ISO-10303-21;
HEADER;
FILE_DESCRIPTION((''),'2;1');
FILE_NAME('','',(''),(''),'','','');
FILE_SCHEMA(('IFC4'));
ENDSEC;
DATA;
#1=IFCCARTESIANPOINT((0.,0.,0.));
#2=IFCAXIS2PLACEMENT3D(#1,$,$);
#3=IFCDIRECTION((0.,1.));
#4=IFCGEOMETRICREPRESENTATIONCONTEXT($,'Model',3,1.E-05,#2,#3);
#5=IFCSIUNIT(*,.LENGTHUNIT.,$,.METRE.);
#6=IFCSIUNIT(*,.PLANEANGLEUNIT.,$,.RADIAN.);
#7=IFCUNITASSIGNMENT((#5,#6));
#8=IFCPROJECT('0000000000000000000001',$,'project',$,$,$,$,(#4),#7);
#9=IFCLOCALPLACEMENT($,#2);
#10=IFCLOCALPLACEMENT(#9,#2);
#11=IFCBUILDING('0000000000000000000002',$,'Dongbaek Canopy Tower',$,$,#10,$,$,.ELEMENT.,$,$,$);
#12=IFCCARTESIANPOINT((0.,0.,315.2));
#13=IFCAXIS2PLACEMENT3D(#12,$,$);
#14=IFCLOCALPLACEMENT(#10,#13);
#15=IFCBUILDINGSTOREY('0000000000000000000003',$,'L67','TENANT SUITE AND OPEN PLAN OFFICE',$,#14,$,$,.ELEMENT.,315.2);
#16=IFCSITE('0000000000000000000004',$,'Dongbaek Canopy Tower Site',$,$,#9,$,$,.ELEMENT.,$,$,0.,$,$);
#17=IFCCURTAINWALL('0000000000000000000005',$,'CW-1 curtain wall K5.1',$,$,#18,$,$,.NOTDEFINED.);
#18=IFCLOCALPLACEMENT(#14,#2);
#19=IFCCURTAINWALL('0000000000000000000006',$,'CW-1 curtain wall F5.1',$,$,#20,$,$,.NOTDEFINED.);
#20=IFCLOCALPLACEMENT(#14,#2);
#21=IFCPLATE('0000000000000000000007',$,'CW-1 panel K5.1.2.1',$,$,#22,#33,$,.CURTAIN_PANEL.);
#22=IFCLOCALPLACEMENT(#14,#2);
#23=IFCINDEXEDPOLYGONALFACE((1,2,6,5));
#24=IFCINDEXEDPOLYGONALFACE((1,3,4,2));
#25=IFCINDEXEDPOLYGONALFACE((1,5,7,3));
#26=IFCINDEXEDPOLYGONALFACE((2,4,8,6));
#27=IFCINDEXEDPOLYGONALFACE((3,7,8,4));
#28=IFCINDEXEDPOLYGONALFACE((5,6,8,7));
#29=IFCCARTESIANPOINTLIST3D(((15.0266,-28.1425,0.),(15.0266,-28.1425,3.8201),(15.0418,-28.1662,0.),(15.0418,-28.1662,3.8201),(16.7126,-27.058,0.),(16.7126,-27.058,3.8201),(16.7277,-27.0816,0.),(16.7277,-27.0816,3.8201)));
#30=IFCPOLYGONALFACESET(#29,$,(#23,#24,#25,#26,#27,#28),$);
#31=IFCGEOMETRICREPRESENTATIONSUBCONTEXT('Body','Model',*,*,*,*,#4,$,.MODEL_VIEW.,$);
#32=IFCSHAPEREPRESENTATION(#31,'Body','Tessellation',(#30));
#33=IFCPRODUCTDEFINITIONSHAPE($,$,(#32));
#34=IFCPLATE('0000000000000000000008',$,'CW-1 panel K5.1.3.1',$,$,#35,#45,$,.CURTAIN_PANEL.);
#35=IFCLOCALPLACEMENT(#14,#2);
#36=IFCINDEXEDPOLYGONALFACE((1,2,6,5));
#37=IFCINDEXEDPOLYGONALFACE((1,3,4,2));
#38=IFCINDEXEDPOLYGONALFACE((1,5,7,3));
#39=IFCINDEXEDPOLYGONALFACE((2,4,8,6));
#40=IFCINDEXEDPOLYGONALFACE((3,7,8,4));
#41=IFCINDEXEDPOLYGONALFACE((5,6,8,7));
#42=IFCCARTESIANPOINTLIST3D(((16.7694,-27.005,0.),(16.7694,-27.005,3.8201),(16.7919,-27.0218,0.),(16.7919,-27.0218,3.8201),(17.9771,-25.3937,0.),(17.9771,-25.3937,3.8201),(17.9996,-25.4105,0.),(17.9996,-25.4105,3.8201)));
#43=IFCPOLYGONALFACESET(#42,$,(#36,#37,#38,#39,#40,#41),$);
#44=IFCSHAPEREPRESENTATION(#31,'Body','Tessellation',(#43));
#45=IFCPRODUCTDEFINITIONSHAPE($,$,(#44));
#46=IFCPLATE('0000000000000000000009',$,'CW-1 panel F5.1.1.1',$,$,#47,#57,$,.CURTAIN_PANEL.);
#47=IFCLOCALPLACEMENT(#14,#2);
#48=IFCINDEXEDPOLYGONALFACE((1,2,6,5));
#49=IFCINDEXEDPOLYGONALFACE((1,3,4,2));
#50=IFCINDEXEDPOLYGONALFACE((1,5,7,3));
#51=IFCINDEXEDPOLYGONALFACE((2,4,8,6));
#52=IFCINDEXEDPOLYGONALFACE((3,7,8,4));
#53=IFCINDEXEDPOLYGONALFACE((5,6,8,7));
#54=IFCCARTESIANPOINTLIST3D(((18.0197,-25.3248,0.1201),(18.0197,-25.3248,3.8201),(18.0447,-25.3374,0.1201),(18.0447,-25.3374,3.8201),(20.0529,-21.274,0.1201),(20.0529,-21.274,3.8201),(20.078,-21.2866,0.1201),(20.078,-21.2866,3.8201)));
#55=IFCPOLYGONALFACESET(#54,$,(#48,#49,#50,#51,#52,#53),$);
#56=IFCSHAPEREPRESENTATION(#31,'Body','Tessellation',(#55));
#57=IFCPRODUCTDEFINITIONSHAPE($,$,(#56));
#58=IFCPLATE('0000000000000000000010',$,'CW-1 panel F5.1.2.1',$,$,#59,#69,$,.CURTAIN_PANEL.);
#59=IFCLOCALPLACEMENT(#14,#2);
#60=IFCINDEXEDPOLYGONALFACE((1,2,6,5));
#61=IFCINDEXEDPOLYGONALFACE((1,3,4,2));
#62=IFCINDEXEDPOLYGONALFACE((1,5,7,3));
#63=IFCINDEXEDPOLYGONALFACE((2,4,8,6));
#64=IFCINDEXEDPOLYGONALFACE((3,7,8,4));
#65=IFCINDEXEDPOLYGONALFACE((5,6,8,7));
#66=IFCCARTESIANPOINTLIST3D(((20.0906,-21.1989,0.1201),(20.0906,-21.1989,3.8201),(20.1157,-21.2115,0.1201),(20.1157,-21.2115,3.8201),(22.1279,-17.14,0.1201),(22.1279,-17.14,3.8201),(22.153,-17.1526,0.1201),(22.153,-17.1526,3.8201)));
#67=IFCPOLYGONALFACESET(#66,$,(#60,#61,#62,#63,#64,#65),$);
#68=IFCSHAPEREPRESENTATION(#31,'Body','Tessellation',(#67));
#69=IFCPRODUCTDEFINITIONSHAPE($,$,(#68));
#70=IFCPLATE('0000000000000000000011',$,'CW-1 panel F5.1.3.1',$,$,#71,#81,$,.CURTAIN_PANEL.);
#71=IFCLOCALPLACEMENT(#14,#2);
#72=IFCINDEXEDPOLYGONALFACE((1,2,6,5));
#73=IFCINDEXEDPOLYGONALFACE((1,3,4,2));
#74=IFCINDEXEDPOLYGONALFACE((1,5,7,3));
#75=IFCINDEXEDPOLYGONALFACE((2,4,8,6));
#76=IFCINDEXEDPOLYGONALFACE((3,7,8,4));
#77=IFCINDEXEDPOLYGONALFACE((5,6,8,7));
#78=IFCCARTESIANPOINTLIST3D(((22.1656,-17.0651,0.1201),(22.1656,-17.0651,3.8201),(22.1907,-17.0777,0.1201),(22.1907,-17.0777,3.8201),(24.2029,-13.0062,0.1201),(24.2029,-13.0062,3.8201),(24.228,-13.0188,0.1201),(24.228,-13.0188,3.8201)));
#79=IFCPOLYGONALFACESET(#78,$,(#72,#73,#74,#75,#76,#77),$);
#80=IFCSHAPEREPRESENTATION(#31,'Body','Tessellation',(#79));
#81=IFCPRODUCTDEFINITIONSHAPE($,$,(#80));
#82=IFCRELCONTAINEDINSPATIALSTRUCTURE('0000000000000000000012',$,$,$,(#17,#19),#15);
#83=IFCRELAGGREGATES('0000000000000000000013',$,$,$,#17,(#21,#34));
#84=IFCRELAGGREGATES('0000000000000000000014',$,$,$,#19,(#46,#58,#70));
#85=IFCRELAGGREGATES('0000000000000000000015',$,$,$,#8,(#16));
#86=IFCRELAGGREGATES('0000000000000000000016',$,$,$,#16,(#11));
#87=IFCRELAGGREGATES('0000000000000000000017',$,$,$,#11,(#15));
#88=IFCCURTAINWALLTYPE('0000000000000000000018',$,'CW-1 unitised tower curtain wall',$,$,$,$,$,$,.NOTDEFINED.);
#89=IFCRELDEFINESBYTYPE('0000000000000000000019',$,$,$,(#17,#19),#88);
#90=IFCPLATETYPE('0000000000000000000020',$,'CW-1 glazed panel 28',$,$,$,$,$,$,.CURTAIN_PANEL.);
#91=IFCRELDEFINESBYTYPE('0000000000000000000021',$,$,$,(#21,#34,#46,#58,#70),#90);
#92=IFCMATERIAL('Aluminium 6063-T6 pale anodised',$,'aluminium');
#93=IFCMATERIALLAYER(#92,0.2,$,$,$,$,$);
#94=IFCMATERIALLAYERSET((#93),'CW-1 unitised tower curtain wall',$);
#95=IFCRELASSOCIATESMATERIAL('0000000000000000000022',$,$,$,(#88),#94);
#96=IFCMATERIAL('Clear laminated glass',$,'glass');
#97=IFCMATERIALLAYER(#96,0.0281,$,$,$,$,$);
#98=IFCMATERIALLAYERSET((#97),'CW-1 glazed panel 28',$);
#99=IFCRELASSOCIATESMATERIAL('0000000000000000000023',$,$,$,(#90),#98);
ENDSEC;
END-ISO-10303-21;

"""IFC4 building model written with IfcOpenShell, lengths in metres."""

from ifc_helpers import new_model, si_unit, direction, frame, origin, origin_2d, place, context, subcontext, project, spatial, rectangle, extrude, material, layer, layer_set, type_object, element, aggregate, save


model = new_model("IFC4")

# Units and contexts
model_context = context("Model", 3, precision=1e-05, world=origin(), true_north=direction((0.0, 1.0)))
body_context = subcontext(model_context, "Body", "Model", "MODEL_VIEW")
ifc_project = project(units=[si_unit("LENGTHUNIT", "METRE"), si_unit("PLANEANGLEUNIT", "RADIAN")], contexts=[model_context])

# Site, building, storey
site_placement = place(None, origin())
site = spatial("IfcSite", under=ifc_project, at=site_placement, Name="Dongbaek Canopy Tower Site", CompositionType="ELEMENT", RefElevation=0.0)
building_placement = place(site_placement, origin())
building = spatial("IfcBuilding", under=site, at=building_placement, Name="Dongbaek Canopy Tower", CompositionType="ELEMENT")
storey_placement = place(building_placement, frame((0.0, 0.0, 315.2)))
storey = spatial("IfcBuildingStorey", under=building, at=storey_placement, Name="L67", Description="TENANT SUITE AND OPEN PLAN OFFICE", CompositionType="ELEMENT", Elevation=315.2)

# Curtain walls
ifc_material_1 = material(Name="Aluminium 6063-T6 pale anodised", Category="aluminium")
ifc_layer_1 = layer(ifc_material_1, 0.2)
ifc_layer_set_1 = layer_set([ifc_layer_1], Name="CW-1 unitised tower curtain wall")
curtain_wall_type = type_object("IfcCurtainWallType", Name="CW-1 unitised tower curtain wall", PredefinedType="NOTDEFINED", material=ifc_layer_set_1)
curtain_wall_1_placement = place(storey_placement, origin())
curtain_wall_1 = element("IfcCurtainWall", 1, at=curtain_wall_1_placement, inside=storey, type_object=curtain_wall_type, Name="CW-1 curtain wall K5.1", PredefinedType="NOTDEFINED")
curtain_wall_2_placement = place(storey_placement, origin())
curtain_wall_2 = element("IfcCurtainWall", 2, at=curtain_wall_2_placement, inside=storey, type_object=curtain_wall_type, Name="CW-1 curtain wall F5.1", PredefinedType="NOTDEFINED")

# Plates
ifc_material_2 = material(Name="Clear laminated glass", Category="glass")
ifc_layer_2 = layer(ifc_material_2, 0.0281)
ifc_layer_set_2 = layer_set([ifc_layer_2], Name="CW-1 glazed panel 28")
plate_type = type_object("IfcPlateType", Name="CW-1 glazed panel 28", PredefinedType="CURTAIN_PANEL", material=ifc_layer_set_2)
plate_1_placement = place(storey_placement, frame((15.8772, -27.6121, 0.0), z_axis=(0.0, 0.0, 1.0), x_axis=(0.841004, 0.541029, 0.0)))
plate_1 = element("IfcPlate", 3, at=plate_1_placement, type_object=plate_type, Name="CW-1 panel K5.1.2.1", PredefinedType="CURTAIN_PANEL", context=body_context, shape_type="SweptSolid", body=[
    extrude(rectangle(XDim=2.0046, YDim=0.0281, at=origin_2d()), origin(), (0.0, 0.0, 1.0), 3.8201),
])
plate_2_placement = place(storey_placement, frame((17.3845, -26.2078, 0.0), z_axis=(0.0, 0.0, 1.0), x_axis=(0.59974, 0.800195, 0.0)))
plate_2 = element("IfcPlate", 4, at=plate_2_placement, type_object=plate_type, Name="CW-1 panel K5.1.3.1", PredefinedType="CURTAIN_PANEL", context=body_context, shape_type="SweptSolid", body=[
    extrude(rectangle(XDim=2.0137, YDim=0.0281, at=origin_2d()), origin(), (0.0, 0.0, 1.0), 3.8201),
])
aggregate(curtain_wall_1, [plate_1, plate_2])
plate_3_placement = place(storey_placement, frame((19.0488, -23.3057, 0.1201), z_axis=(0.0, 0.0, 1.0), x_axis=(0.448598, 0.893733, 0.0)))
plate_3 = element("IfcPlate", 5, at=plate_3_placement, type_object=plate_type, Name="CW-1 panel F5.1.1.1", PredefinedType="CURTAIN_PANEL", context=body_context, shape_type="SweptSolid", body=[
    extrude(rectangle(XDim=4.5325, YDim=0.0281, at=origin_2d()), origin(), (0.0, 0.0, 1.0), 3.7),
])
plate_4_placement = place(storey_placement, frame((21.1218, -19.1758, 0.1201), z_axis=(0.0, 0.0, 1.0), x_axis=(0.448598, 0.893733, 0.0)))
plate_4 = element("IfcPlate", 6, at=plate_4_placement, type_object=plate_type, Name="CW-1 panel F5.1.2.1", PredefinedType="CURTAIN_PANEL", context=body_context, shape_type="SweptSolid", body=[
    extrude(rectangle(XDim=4.5415, YDim=0.0281, at=origin_2d()), origin(), (0.0, 0.0, 1.0), 3.7),
])
plate_5_placement = place(storey_placement, frame((23.1968, -15.042, 0.1201), z_axis=(0.0, 0.0, 1.0), x_axis=(0.448598, 0.893733, 0.0)))
plate_5 = element("IfcPlate", 7, at=plate_5_placement, type_object=plate_type, Name="CW-1 panel F5.1.3.1", PredefinedType="CURTAIN_PANEL", context=body_context, shape_type="SweptSolid", body=[
    extrude(rectangle(XDim=4.5415, YDim=0.0281, at=origin_2d()), origin(), (0.0, 0.0, 1.0), 3.7),
])

aggregate(curtain_wall_2, [plate_3, plate_4, plate_5])

save(model, "model.ifc")
